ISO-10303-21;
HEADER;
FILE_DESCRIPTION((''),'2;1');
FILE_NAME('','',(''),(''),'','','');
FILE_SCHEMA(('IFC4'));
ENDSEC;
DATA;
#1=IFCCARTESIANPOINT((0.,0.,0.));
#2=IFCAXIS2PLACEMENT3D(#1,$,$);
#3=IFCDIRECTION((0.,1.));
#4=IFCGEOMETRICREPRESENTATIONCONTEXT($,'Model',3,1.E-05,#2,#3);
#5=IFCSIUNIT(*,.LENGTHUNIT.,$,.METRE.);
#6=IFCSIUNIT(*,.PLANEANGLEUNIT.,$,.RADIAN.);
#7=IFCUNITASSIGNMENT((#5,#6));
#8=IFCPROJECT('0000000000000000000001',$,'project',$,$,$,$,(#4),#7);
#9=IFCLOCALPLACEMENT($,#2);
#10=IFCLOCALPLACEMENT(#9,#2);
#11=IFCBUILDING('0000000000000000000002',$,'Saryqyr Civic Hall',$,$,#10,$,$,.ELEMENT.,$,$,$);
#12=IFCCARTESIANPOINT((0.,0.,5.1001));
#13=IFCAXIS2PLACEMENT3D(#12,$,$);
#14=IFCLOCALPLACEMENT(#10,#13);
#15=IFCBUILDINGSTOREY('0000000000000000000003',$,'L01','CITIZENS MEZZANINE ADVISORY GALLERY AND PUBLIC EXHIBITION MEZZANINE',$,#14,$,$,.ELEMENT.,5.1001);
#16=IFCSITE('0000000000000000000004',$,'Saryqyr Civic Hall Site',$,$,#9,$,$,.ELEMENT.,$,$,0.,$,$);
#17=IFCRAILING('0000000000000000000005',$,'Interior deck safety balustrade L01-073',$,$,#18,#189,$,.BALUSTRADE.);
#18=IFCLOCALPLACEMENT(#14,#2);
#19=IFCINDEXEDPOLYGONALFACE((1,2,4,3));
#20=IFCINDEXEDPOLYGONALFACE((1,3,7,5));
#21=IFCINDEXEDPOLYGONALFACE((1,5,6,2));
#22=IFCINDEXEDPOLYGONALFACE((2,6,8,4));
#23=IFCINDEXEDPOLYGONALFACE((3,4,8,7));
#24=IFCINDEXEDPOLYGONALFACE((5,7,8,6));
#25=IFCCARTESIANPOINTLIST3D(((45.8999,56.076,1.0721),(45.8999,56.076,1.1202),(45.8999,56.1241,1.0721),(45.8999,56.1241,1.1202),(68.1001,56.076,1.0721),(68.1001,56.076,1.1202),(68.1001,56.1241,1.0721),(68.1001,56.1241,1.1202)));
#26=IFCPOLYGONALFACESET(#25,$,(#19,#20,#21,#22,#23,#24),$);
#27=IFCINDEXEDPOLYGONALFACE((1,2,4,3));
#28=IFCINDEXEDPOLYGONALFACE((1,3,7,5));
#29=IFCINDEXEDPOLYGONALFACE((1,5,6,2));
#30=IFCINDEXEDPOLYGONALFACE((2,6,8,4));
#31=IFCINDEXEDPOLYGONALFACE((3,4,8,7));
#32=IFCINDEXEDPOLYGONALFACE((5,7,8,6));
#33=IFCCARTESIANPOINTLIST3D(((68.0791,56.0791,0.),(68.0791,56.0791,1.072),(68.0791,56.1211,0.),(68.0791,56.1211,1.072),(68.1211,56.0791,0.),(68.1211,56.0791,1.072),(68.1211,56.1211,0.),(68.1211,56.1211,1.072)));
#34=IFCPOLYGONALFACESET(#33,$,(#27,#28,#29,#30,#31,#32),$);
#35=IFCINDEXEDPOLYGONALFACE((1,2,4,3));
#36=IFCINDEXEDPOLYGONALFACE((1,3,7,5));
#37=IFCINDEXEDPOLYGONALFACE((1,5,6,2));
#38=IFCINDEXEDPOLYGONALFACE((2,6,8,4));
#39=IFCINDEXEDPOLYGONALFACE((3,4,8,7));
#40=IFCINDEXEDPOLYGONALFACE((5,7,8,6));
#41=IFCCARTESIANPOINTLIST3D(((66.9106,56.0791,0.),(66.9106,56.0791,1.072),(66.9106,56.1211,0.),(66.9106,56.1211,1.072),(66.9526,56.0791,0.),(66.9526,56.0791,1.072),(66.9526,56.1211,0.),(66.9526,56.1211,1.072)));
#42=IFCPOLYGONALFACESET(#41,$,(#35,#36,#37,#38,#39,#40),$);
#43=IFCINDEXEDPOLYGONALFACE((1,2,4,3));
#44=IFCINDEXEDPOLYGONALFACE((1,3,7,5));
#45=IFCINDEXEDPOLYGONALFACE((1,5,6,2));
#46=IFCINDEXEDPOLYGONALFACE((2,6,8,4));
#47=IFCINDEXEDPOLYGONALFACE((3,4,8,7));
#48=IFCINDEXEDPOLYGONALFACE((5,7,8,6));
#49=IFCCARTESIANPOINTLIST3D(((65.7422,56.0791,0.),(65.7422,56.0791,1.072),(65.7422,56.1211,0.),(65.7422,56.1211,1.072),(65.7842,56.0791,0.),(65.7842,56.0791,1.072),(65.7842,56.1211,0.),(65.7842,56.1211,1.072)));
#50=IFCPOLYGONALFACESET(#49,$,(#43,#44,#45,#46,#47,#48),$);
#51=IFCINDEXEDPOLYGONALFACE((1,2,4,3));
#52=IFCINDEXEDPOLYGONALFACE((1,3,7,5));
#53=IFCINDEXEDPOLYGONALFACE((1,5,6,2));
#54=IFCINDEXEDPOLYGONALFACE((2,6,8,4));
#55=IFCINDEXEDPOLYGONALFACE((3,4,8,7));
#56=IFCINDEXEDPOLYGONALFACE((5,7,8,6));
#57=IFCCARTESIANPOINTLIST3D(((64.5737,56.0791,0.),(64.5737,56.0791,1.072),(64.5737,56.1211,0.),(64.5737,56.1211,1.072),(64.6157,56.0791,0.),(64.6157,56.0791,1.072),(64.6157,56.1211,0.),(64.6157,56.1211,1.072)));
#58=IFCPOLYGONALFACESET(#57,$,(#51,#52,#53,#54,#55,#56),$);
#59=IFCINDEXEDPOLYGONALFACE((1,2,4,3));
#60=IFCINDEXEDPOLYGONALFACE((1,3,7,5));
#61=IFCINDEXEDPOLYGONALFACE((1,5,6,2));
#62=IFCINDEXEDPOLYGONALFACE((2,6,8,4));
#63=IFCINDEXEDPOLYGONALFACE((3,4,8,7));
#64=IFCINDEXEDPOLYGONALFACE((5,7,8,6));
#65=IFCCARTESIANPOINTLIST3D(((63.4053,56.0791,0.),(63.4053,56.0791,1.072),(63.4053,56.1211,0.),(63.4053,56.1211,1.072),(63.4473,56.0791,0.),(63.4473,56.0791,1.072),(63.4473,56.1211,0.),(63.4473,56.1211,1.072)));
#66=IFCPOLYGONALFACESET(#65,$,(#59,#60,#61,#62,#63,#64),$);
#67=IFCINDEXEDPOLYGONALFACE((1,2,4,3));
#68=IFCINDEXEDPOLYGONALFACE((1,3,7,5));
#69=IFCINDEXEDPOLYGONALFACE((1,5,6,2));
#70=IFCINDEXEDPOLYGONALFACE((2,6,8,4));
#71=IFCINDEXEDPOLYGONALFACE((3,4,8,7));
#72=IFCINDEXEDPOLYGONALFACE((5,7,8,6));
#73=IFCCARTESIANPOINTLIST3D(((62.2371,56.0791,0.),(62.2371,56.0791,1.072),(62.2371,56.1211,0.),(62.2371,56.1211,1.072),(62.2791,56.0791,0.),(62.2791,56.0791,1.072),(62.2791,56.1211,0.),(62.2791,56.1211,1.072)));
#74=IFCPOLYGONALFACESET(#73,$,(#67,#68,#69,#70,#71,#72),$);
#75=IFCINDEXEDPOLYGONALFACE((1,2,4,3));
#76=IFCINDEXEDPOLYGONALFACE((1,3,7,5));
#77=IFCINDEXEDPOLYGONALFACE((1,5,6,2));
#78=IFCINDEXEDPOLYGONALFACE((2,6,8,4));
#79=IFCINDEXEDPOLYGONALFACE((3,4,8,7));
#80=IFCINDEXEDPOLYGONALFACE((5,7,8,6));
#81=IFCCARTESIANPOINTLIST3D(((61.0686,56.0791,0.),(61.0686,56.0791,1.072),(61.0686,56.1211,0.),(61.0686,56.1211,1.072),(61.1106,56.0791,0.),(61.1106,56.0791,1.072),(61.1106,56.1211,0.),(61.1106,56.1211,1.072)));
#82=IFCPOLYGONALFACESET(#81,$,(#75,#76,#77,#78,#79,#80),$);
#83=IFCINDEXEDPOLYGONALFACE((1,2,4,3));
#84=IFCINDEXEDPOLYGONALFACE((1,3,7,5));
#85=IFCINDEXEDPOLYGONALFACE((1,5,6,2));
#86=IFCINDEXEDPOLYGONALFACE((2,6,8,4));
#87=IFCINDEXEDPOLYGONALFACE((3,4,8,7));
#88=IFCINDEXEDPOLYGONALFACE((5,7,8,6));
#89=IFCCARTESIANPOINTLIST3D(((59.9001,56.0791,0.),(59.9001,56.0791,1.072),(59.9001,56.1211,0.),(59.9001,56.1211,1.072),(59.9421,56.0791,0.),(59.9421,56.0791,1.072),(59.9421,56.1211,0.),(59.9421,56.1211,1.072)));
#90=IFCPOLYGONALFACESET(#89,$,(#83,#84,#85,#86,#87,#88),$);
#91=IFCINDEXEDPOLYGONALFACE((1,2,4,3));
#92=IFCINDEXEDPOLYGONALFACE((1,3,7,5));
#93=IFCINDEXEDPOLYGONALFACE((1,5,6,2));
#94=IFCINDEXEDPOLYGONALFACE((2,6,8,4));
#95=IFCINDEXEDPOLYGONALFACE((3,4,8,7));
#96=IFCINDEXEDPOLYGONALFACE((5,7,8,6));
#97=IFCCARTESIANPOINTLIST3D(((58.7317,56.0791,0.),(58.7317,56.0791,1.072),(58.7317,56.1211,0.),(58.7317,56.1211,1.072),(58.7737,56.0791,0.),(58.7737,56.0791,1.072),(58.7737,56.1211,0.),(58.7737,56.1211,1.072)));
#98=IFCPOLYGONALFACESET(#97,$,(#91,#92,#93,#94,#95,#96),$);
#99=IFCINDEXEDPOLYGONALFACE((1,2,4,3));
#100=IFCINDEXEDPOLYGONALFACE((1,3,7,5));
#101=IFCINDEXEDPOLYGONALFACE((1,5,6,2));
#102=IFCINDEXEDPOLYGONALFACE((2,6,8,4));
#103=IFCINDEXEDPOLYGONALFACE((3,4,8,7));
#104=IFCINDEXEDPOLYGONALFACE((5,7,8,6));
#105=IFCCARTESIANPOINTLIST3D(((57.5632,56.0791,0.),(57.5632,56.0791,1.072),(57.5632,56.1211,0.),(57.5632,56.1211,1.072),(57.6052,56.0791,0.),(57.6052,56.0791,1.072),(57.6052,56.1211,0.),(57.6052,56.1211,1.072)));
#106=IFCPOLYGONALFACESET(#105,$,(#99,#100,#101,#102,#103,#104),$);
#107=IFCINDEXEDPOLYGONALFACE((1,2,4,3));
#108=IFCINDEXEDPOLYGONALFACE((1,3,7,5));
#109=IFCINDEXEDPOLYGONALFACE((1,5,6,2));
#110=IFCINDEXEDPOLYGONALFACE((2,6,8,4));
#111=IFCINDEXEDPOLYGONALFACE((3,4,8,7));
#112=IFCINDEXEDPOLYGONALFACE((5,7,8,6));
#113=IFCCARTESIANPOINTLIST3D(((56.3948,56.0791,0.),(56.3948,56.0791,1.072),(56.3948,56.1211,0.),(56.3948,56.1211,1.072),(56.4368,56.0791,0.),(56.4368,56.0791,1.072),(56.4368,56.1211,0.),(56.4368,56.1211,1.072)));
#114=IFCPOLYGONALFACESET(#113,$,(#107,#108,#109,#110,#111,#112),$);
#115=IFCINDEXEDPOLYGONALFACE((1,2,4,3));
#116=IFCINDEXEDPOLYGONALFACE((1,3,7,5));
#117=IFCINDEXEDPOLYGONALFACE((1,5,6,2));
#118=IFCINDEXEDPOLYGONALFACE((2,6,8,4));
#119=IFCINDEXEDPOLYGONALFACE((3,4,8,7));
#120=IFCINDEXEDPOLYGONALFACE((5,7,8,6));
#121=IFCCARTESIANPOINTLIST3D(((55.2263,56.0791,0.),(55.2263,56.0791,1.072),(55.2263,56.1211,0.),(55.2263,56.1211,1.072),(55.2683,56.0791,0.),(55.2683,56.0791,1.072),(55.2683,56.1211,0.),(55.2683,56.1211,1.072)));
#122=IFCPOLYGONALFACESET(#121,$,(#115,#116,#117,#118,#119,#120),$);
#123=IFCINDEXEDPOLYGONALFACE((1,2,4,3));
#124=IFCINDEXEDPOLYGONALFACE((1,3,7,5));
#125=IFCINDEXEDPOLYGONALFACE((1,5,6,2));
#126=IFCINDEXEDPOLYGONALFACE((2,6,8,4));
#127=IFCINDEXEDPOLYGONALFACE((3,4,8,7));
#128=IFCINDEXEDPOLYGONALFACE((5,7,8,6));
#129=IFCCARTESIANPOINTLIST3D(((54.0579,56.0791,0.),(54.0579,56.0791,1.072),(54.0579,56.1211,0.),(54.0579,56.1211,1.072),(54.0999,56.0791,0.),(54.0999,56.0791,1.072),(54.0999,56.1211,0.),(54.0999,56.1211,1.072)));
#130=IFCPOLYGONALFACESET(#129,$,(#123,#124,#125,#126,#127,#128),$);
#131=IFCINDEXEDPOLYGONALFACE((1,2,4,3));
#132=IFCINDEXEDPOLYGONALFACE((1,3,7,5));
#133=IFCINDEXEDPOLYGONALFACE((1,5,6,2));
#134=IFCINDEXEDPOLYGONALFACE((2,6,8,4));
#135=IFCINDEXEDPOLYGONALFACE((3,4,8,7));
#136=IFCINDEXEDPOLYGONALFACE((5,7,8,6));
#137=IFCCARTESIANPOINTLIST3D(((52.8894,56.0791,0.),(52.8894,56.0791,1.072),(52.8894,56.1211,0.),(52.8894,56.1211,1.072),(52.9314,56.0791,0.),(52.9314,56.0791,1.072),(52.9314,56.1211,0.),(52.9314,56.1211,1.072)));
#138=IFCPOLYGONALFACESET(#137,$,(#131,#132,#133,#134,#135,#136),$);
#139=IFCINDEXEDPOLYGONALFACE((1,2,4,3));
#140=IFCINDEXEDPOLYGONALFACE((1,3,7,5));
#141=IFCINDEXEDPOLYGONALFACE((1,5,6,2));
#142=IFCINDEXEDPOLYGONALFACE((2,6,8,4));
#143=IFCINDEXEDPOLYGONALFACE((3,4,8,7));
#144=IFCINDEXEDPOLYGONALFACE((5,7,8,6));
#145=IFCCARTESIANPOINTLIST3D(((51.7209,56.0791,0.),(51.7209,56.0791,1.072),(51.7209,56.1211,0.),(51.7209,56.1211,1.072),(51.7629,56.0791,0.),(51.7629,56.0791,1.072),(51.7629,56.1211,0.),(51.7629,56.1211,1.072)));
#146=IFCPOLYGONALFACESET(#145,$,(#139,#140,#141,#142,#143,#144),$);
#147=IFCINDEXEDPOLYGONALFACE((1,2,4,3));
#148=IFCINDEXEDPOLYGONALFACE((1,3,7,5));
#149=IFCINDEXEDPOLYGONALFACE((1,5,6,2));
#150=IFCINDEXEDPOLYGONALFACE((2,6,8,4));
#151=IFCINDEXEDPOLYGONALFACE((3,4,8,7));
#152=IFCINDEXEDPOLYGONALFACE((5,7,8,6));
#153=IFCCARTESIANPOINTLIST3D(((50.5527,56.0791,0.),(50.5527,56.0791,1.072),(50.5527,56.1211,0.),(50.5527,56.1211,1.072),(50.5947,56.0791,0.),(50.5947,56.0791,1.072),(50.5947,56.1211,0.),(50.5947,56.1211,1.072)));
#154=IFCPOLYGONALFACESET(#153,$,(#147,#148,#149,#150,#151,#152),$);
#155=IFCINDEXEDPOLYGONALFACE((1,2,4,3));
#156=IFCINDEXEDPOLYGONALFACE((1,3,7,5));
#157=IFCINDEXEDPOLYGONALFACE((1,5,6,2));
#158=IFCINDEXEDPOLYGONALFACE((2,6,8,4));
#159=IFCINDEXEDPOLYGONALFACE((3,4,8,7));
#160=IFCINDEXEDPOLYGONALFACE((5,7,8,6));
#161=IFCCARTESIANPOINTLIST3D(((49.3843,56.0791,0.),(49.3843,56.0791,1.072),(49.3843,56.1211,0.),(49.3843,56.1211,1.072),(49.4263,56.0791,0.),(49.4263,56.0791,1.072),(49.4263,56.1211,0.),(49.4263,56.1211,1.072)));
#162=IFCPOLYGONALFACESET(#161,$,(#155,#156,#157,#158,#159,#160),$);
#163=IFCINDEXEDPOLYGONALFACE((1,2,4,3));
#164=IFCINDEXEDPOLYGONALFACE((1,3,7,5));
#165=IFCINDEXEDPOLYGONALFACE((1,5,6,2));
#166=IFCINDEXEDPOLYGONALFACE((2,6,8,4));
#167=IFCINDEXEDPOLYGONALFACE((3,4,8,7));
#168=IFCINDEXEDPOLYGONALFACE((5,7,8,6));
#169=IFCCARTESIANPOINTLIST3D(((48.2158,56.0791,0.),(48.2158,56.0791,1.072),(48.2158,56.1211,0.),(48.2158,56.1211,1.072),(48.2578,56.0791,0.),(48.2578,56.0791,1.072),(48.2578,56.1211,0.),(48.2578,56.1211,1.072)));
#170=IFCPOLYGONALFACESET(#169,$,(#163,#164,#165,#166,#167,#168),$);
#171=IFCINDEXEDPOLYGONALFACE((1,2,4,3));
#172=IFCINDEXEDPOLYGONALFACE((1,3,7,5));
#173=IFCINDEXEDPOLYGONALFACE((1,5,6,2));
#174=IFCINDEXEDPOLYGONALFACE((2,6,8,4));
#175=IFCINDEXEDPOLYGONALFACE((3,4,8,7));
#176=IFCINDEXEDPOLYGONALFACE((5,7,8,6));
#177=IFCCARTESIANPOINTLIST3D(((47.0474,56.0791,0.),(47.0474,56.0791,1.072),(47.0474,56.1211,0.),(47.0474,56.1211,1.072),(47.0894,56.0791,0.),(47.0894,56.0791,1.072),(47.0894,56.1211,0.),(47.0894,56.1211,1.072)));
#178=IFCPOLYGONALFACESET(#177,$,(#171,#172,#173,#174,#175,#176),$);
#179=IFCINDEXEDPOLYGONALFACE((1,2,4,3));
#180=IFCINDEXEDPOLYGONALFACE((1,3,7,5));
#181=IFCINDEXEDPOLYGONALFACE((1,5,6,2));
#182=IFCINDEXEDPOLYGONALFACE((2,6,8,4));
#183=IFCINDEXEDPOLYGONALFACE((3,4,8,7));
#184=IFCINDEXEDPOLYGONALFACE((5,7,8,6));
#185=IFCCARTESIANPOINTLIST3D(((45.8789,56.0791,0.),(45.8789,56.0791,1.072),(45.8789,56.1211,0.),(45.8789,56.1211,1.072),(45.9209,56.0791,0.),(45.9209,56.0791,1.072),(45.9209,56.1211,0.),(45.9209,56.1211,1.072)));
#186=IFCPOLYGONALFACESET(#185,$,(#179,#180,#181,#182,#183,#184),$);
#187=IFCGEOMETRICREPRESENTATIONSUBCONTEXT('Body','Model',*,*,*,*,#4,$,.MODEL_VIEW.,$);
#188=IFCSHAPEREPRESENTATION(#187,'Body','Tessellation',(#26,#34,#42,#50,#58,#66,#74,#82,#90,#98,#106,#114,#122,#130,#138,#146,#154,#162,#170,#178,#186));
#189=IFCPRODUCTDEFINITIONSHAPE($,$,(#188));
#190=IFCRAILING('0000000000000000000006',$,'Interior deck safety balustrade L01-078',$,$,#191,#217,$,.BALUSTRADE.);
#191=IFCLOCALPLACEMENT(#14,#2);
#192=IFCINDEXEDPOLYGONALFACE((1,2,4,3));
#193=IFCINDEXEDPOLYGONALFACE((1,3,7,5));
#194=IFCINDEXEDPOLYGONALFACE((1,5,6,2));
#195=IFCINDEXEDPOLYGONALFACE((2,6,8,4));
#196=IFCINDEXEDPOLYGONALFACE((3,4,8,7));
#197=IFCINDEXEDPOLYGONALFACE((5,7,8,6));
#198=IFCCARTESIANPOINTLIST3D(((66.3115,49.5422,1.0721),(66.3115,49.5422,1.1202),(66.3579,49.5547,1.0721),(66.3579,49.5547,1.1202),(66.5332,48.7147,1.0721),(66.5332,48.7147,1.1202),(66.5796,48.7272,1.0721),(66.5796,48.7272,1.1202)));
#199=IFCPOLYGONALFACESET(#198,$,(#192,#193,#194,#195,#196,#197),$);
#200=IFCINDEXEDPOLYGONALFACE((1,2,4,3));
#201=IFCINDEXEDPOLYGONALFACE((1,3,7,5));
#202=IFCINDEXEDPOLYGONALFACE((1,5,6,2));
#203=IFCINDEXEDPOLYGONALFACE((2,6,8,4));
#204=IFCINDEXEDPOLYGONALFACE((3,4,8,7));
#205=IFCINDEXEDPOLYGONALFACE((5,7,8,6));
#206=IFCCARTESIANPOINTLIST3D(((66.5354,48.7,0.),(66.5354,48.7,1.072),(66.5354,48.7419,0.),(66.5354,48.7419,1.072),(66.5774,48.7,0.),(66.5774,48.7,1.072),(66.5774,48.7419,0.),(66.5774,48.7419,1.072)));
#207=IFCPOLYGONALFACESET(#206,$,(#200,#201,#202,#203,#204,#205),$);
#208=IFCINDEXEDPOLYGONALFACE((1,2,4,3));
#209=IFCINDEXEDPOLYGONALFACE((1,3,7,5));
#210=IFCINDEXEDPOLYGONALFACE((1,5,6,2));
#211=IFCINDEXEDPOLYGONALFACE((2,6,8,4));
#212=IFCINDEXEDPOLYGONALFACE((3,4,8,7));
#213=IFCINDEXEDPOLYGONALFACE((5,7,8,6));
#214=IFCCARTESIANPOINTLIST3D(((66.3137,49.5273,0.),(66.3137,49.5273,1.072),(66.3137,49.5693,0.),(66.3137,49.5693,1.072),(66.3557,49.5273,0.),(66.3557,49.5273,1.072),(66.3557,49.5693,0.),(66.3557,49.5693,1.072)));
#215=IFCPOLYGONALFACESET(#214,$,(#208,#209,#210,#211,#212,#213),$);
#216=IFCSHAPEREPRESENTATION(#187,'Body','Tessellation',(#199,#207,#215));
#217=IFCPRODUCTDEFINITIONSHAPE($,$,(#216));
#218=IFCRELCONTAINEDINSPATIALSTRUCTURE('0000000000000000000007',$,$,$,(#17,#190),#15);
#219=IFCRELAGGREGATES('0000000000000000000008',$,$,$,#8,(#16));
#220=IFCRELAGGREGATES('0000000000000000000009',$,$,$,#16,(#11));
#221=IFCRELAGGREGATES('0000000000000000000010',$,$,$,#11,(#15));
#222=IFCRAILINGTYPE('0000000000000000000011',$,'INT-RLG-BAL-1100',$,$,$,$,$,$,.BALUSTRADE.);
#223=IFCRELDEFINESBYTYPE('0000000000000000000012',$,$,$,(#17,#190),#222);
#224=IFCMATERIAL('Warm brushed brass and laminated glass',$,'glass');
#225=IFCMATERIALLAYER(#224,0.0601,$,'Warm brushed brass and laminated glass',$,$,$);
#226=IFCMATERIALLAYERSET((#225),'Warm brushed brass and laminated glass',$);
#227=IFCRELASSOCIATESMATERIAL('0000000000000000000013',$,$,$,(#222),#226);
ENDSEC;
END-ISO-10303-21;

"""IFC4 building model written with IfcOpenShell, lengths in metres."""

from ifc_helpers import new_model, si_unit, direction, frame, origin, origin_2d, place, context, subcontext, project, spatial, rectangle, extrude, material, layer, layer_set, type_object, element, save


model = new_model("IFC4")

# Units and contexts
model_context = context("Model", 3, precision=1e-05, world=origin(), true_north=direction((0.0, 1.0)))
body_context = subcontext(model_context, "Body", "Model", "MODEL_VIEW")
ifc_project = project(units=[si_unit("LENGTHUNIT", "METRE"), si_unit("PLANEANGLEUNIT", "RADIAN")], contexts=[model_context])

# Site, building, storey
site_placement = place(None, origin())
site = spatial("IfcSite", under=ifc_project, at=site_placement, Name="Saryqyr Civic Hall Site", CompositionType="ELEMENT", RefElevation=0.0)
building_placement = place(site_placement, origin())
building = spatial("IfcBuilding", under=site, at=building_placement, Name="Saryqyr Civic Hall", CompositionType="ELEMENT")
storey_placement = place(building_placement, frame((0.0, 0.0, 5.1001)))
storey = spatial("IfcBuildingStorey", under=building, at=storey_placement, Name="L01", Description="CITIZENS MEZZANINE ADVISORY GALLERY AND PUBLIC EXHIBITION MEZZANINE", CompositionType="ELEMENT", Elevation=5.1001)

# Railings
ifc_material_1 = material(Name="Warm brushed brass and laminated glass", Category="glass")
ifc_layer_1 = layer(ifc_material_1, 0.0601, Name="Warm brushed brass and laminated glass")
ifc_layer_set_1 = layer_set([ifc_layer_1], Name="Warm brushed brass and laminated glass")
railing_type = type_object("IfcRailingType", Name="INT-RLG-BAL-1100", PredefinedType="BALUSTRADE", material=ifc_layer_set_1)
railing_1_placement = place(storey_placement, frame((68.1001, 56.1001, 0.0)))
element("IfcRailing", 1, at=railing_1_placement, inside=storey, type_object=railing_type, Name="Interior deck safety balustrade L01-073", PredefinedType="BALUSTRADE", context=body_context, shape_type="SweptSolid", body=[
    extrude(rectangle(XDim=0.0481, YDim=0.0481, at=origin_2d()), frame((0.0, 0.0, 1.0962), z_axis=(-1.0, 0.0, 0.0), x_axis=(0.0, -1.0, 0.0)), (0.0, 0.0, 1.0), 22.2002),
    extrude(rectangle(XDim=0.042, YDim=0.042, at=origin_2d()), origin(), (0.0, 0.0, 1.0), 1.072),
    extrude(rectangle(XDim=0.042, YDim=0.042, at=origin_2d()), frame((-1.1685, 0.0, 0.0)), (0.0, 0.0, 1.0), 1.072),
    extrude(rectangle(XDim=0.042, YDim=0.042, at=origin_2d()), frame((-2.3369, 0.0, 0.0)), (0.0, 0.0, 1.0), 1.072),
    extrude(rectangle(XDim=0.042, YDim=0.042, at=origin_2d()), frame((-3.5054, 0.0, 0.0)), (0.0, 0.0, 1.0), 1.072),
    extrude(rectangle(XDim=0.042, YDim=0.042, at=origin_2d()), frame((-4.6738, 0.0, 0.0)), (0.0, 0.0, 1.0), 1.072),
    extrude(rectangle(XDim=0.042, YDim=0.042, at=origin_2d()), frame((-5.842, 0.0, 0.0)), (0.0, 0.0, 1.0), 1.072),
    extrude(rectangle(XDim=0.042, YDim=0.042, at=origin_2d()), frame((-7.0105, 0.0, 0.0)), (0.0, 0.0, 1.0), 1.072),
    extrude(rectangle(XDim=0.042, YDim=0.042, at=origin_2d()), frame((-8.179, 0.0, 0.0)), (0.0, 0.0, 1.0), 1.072),
    extrude(rectangle(XDim=0.042, YDim=0.042, at=origin_2d()), frame((-9.3474, 0.0, 0.0)), (0.0, 0.0, 1.0), 1.072),
    extrude(rectangle(XDim=0.042, YDim=0.042, at=origin_2d()), frame((-10.5159, 0.0, 0.0)), (0.0, 0.0, 1.0), 1.072),
    extrude(rectangle(XDim=0.042, YDim=0.042, at=origin_2d()), frame((-11.6843, 0.0, 0.0)), (0.0, 0.0, 1.0), 1.072),
    extrude(rectangle(XDim=0.042, YDim=0.042, at=origin_2d()), frame((-12.8528, 0.0, 0.0)), (0.0, 0.0, 1.0), 1.072),
    extrude(rectangle(XDim=0.042, YDim=0.042, at=origin_2d()), frame((-14.0212, 0.0, 0.0)), (0.0, 0.0, 1.0), 1.072),
    extrude(rectangle(XDim=0.042, YDim=0.042, at=origin_2d()), frame((-15.1897, 0.0, 0.0)), (0.0, 0.0, 1.0), 1.072),
    extrude(rectangle(XDim=0.042, YDim=0.042, at=origin_2d()), frame((-16.3582, 0.0, 0.0)), (0.0, 0.0, 1.0), 1.072),
    extrude(rectangle(XDim=0.042, YDim=0.042, at=origin_2d()), frame((-17.5264, 0.0, 0.0)), (0.0, 0.0, 1.0), 1.072),
    extrude(rectangle(XDim=0.042, YDim=0.042, at=origin_2d()), frame((-18.6948, 0.0, 0.0)), (0.0, 0.0, 1.0), 1.072),
    extrude(rectangle(XDim=0.042, YDim=0.042, at=origin_2d()), frame((-19.8633, 0.0, 0.0)), (0.0, 0.0, 1.0), 1.072),
    extrude(rectangle(XDim=0.042, YDim=0.042, at=origin_2d()), frame((-21.0317, 0.0, 0.0)), (0.0, 0.0, 1.0), 1.072),
    extrude(rectangle(XDim=0.042, YDim=0.042, at=origin_2d()), frame((-22.2002, 0.0, 0.0)), (0.0, 0.0, 1.0), 1.072),
])
railing_2_placement = place(storey_placement, frame((66.5564, 48.7209, 0.0)))
element("IfcRailing", 2, at=railing_2_placement, inside=storey, type_object=railing_type, Name="Interior deck safety balustrade L01-078", PredefinedType="BALUSTRADE", context=body_context, shape_type="SweptSolid", body=[
    extrude(rectangle(XDim=0.0481, YDim=0.0481, at=origin_2d()), frame((0.0, 0.0, 1.0962), z_axis=(-0.258798, 0.965932, 0.0), x_axis=(-0.965932, -0.258798, 0.0)), (0.0, 0.0, 1.0), 0.8567),
    extrude(rectangle(XDim=0.042, YDim=0.042, at=origin_2d()), origin(), (0.0, 0.0, 1.0), 1.072),
    extrude(rectangle(XDim=0.042, YDim=0.042, at=origin_2d()), frame((-0.2217, 0.8274, 0.0)), (0.0, 0.0, 1.0), 1.072),
])

save(model, "model.ifc")
